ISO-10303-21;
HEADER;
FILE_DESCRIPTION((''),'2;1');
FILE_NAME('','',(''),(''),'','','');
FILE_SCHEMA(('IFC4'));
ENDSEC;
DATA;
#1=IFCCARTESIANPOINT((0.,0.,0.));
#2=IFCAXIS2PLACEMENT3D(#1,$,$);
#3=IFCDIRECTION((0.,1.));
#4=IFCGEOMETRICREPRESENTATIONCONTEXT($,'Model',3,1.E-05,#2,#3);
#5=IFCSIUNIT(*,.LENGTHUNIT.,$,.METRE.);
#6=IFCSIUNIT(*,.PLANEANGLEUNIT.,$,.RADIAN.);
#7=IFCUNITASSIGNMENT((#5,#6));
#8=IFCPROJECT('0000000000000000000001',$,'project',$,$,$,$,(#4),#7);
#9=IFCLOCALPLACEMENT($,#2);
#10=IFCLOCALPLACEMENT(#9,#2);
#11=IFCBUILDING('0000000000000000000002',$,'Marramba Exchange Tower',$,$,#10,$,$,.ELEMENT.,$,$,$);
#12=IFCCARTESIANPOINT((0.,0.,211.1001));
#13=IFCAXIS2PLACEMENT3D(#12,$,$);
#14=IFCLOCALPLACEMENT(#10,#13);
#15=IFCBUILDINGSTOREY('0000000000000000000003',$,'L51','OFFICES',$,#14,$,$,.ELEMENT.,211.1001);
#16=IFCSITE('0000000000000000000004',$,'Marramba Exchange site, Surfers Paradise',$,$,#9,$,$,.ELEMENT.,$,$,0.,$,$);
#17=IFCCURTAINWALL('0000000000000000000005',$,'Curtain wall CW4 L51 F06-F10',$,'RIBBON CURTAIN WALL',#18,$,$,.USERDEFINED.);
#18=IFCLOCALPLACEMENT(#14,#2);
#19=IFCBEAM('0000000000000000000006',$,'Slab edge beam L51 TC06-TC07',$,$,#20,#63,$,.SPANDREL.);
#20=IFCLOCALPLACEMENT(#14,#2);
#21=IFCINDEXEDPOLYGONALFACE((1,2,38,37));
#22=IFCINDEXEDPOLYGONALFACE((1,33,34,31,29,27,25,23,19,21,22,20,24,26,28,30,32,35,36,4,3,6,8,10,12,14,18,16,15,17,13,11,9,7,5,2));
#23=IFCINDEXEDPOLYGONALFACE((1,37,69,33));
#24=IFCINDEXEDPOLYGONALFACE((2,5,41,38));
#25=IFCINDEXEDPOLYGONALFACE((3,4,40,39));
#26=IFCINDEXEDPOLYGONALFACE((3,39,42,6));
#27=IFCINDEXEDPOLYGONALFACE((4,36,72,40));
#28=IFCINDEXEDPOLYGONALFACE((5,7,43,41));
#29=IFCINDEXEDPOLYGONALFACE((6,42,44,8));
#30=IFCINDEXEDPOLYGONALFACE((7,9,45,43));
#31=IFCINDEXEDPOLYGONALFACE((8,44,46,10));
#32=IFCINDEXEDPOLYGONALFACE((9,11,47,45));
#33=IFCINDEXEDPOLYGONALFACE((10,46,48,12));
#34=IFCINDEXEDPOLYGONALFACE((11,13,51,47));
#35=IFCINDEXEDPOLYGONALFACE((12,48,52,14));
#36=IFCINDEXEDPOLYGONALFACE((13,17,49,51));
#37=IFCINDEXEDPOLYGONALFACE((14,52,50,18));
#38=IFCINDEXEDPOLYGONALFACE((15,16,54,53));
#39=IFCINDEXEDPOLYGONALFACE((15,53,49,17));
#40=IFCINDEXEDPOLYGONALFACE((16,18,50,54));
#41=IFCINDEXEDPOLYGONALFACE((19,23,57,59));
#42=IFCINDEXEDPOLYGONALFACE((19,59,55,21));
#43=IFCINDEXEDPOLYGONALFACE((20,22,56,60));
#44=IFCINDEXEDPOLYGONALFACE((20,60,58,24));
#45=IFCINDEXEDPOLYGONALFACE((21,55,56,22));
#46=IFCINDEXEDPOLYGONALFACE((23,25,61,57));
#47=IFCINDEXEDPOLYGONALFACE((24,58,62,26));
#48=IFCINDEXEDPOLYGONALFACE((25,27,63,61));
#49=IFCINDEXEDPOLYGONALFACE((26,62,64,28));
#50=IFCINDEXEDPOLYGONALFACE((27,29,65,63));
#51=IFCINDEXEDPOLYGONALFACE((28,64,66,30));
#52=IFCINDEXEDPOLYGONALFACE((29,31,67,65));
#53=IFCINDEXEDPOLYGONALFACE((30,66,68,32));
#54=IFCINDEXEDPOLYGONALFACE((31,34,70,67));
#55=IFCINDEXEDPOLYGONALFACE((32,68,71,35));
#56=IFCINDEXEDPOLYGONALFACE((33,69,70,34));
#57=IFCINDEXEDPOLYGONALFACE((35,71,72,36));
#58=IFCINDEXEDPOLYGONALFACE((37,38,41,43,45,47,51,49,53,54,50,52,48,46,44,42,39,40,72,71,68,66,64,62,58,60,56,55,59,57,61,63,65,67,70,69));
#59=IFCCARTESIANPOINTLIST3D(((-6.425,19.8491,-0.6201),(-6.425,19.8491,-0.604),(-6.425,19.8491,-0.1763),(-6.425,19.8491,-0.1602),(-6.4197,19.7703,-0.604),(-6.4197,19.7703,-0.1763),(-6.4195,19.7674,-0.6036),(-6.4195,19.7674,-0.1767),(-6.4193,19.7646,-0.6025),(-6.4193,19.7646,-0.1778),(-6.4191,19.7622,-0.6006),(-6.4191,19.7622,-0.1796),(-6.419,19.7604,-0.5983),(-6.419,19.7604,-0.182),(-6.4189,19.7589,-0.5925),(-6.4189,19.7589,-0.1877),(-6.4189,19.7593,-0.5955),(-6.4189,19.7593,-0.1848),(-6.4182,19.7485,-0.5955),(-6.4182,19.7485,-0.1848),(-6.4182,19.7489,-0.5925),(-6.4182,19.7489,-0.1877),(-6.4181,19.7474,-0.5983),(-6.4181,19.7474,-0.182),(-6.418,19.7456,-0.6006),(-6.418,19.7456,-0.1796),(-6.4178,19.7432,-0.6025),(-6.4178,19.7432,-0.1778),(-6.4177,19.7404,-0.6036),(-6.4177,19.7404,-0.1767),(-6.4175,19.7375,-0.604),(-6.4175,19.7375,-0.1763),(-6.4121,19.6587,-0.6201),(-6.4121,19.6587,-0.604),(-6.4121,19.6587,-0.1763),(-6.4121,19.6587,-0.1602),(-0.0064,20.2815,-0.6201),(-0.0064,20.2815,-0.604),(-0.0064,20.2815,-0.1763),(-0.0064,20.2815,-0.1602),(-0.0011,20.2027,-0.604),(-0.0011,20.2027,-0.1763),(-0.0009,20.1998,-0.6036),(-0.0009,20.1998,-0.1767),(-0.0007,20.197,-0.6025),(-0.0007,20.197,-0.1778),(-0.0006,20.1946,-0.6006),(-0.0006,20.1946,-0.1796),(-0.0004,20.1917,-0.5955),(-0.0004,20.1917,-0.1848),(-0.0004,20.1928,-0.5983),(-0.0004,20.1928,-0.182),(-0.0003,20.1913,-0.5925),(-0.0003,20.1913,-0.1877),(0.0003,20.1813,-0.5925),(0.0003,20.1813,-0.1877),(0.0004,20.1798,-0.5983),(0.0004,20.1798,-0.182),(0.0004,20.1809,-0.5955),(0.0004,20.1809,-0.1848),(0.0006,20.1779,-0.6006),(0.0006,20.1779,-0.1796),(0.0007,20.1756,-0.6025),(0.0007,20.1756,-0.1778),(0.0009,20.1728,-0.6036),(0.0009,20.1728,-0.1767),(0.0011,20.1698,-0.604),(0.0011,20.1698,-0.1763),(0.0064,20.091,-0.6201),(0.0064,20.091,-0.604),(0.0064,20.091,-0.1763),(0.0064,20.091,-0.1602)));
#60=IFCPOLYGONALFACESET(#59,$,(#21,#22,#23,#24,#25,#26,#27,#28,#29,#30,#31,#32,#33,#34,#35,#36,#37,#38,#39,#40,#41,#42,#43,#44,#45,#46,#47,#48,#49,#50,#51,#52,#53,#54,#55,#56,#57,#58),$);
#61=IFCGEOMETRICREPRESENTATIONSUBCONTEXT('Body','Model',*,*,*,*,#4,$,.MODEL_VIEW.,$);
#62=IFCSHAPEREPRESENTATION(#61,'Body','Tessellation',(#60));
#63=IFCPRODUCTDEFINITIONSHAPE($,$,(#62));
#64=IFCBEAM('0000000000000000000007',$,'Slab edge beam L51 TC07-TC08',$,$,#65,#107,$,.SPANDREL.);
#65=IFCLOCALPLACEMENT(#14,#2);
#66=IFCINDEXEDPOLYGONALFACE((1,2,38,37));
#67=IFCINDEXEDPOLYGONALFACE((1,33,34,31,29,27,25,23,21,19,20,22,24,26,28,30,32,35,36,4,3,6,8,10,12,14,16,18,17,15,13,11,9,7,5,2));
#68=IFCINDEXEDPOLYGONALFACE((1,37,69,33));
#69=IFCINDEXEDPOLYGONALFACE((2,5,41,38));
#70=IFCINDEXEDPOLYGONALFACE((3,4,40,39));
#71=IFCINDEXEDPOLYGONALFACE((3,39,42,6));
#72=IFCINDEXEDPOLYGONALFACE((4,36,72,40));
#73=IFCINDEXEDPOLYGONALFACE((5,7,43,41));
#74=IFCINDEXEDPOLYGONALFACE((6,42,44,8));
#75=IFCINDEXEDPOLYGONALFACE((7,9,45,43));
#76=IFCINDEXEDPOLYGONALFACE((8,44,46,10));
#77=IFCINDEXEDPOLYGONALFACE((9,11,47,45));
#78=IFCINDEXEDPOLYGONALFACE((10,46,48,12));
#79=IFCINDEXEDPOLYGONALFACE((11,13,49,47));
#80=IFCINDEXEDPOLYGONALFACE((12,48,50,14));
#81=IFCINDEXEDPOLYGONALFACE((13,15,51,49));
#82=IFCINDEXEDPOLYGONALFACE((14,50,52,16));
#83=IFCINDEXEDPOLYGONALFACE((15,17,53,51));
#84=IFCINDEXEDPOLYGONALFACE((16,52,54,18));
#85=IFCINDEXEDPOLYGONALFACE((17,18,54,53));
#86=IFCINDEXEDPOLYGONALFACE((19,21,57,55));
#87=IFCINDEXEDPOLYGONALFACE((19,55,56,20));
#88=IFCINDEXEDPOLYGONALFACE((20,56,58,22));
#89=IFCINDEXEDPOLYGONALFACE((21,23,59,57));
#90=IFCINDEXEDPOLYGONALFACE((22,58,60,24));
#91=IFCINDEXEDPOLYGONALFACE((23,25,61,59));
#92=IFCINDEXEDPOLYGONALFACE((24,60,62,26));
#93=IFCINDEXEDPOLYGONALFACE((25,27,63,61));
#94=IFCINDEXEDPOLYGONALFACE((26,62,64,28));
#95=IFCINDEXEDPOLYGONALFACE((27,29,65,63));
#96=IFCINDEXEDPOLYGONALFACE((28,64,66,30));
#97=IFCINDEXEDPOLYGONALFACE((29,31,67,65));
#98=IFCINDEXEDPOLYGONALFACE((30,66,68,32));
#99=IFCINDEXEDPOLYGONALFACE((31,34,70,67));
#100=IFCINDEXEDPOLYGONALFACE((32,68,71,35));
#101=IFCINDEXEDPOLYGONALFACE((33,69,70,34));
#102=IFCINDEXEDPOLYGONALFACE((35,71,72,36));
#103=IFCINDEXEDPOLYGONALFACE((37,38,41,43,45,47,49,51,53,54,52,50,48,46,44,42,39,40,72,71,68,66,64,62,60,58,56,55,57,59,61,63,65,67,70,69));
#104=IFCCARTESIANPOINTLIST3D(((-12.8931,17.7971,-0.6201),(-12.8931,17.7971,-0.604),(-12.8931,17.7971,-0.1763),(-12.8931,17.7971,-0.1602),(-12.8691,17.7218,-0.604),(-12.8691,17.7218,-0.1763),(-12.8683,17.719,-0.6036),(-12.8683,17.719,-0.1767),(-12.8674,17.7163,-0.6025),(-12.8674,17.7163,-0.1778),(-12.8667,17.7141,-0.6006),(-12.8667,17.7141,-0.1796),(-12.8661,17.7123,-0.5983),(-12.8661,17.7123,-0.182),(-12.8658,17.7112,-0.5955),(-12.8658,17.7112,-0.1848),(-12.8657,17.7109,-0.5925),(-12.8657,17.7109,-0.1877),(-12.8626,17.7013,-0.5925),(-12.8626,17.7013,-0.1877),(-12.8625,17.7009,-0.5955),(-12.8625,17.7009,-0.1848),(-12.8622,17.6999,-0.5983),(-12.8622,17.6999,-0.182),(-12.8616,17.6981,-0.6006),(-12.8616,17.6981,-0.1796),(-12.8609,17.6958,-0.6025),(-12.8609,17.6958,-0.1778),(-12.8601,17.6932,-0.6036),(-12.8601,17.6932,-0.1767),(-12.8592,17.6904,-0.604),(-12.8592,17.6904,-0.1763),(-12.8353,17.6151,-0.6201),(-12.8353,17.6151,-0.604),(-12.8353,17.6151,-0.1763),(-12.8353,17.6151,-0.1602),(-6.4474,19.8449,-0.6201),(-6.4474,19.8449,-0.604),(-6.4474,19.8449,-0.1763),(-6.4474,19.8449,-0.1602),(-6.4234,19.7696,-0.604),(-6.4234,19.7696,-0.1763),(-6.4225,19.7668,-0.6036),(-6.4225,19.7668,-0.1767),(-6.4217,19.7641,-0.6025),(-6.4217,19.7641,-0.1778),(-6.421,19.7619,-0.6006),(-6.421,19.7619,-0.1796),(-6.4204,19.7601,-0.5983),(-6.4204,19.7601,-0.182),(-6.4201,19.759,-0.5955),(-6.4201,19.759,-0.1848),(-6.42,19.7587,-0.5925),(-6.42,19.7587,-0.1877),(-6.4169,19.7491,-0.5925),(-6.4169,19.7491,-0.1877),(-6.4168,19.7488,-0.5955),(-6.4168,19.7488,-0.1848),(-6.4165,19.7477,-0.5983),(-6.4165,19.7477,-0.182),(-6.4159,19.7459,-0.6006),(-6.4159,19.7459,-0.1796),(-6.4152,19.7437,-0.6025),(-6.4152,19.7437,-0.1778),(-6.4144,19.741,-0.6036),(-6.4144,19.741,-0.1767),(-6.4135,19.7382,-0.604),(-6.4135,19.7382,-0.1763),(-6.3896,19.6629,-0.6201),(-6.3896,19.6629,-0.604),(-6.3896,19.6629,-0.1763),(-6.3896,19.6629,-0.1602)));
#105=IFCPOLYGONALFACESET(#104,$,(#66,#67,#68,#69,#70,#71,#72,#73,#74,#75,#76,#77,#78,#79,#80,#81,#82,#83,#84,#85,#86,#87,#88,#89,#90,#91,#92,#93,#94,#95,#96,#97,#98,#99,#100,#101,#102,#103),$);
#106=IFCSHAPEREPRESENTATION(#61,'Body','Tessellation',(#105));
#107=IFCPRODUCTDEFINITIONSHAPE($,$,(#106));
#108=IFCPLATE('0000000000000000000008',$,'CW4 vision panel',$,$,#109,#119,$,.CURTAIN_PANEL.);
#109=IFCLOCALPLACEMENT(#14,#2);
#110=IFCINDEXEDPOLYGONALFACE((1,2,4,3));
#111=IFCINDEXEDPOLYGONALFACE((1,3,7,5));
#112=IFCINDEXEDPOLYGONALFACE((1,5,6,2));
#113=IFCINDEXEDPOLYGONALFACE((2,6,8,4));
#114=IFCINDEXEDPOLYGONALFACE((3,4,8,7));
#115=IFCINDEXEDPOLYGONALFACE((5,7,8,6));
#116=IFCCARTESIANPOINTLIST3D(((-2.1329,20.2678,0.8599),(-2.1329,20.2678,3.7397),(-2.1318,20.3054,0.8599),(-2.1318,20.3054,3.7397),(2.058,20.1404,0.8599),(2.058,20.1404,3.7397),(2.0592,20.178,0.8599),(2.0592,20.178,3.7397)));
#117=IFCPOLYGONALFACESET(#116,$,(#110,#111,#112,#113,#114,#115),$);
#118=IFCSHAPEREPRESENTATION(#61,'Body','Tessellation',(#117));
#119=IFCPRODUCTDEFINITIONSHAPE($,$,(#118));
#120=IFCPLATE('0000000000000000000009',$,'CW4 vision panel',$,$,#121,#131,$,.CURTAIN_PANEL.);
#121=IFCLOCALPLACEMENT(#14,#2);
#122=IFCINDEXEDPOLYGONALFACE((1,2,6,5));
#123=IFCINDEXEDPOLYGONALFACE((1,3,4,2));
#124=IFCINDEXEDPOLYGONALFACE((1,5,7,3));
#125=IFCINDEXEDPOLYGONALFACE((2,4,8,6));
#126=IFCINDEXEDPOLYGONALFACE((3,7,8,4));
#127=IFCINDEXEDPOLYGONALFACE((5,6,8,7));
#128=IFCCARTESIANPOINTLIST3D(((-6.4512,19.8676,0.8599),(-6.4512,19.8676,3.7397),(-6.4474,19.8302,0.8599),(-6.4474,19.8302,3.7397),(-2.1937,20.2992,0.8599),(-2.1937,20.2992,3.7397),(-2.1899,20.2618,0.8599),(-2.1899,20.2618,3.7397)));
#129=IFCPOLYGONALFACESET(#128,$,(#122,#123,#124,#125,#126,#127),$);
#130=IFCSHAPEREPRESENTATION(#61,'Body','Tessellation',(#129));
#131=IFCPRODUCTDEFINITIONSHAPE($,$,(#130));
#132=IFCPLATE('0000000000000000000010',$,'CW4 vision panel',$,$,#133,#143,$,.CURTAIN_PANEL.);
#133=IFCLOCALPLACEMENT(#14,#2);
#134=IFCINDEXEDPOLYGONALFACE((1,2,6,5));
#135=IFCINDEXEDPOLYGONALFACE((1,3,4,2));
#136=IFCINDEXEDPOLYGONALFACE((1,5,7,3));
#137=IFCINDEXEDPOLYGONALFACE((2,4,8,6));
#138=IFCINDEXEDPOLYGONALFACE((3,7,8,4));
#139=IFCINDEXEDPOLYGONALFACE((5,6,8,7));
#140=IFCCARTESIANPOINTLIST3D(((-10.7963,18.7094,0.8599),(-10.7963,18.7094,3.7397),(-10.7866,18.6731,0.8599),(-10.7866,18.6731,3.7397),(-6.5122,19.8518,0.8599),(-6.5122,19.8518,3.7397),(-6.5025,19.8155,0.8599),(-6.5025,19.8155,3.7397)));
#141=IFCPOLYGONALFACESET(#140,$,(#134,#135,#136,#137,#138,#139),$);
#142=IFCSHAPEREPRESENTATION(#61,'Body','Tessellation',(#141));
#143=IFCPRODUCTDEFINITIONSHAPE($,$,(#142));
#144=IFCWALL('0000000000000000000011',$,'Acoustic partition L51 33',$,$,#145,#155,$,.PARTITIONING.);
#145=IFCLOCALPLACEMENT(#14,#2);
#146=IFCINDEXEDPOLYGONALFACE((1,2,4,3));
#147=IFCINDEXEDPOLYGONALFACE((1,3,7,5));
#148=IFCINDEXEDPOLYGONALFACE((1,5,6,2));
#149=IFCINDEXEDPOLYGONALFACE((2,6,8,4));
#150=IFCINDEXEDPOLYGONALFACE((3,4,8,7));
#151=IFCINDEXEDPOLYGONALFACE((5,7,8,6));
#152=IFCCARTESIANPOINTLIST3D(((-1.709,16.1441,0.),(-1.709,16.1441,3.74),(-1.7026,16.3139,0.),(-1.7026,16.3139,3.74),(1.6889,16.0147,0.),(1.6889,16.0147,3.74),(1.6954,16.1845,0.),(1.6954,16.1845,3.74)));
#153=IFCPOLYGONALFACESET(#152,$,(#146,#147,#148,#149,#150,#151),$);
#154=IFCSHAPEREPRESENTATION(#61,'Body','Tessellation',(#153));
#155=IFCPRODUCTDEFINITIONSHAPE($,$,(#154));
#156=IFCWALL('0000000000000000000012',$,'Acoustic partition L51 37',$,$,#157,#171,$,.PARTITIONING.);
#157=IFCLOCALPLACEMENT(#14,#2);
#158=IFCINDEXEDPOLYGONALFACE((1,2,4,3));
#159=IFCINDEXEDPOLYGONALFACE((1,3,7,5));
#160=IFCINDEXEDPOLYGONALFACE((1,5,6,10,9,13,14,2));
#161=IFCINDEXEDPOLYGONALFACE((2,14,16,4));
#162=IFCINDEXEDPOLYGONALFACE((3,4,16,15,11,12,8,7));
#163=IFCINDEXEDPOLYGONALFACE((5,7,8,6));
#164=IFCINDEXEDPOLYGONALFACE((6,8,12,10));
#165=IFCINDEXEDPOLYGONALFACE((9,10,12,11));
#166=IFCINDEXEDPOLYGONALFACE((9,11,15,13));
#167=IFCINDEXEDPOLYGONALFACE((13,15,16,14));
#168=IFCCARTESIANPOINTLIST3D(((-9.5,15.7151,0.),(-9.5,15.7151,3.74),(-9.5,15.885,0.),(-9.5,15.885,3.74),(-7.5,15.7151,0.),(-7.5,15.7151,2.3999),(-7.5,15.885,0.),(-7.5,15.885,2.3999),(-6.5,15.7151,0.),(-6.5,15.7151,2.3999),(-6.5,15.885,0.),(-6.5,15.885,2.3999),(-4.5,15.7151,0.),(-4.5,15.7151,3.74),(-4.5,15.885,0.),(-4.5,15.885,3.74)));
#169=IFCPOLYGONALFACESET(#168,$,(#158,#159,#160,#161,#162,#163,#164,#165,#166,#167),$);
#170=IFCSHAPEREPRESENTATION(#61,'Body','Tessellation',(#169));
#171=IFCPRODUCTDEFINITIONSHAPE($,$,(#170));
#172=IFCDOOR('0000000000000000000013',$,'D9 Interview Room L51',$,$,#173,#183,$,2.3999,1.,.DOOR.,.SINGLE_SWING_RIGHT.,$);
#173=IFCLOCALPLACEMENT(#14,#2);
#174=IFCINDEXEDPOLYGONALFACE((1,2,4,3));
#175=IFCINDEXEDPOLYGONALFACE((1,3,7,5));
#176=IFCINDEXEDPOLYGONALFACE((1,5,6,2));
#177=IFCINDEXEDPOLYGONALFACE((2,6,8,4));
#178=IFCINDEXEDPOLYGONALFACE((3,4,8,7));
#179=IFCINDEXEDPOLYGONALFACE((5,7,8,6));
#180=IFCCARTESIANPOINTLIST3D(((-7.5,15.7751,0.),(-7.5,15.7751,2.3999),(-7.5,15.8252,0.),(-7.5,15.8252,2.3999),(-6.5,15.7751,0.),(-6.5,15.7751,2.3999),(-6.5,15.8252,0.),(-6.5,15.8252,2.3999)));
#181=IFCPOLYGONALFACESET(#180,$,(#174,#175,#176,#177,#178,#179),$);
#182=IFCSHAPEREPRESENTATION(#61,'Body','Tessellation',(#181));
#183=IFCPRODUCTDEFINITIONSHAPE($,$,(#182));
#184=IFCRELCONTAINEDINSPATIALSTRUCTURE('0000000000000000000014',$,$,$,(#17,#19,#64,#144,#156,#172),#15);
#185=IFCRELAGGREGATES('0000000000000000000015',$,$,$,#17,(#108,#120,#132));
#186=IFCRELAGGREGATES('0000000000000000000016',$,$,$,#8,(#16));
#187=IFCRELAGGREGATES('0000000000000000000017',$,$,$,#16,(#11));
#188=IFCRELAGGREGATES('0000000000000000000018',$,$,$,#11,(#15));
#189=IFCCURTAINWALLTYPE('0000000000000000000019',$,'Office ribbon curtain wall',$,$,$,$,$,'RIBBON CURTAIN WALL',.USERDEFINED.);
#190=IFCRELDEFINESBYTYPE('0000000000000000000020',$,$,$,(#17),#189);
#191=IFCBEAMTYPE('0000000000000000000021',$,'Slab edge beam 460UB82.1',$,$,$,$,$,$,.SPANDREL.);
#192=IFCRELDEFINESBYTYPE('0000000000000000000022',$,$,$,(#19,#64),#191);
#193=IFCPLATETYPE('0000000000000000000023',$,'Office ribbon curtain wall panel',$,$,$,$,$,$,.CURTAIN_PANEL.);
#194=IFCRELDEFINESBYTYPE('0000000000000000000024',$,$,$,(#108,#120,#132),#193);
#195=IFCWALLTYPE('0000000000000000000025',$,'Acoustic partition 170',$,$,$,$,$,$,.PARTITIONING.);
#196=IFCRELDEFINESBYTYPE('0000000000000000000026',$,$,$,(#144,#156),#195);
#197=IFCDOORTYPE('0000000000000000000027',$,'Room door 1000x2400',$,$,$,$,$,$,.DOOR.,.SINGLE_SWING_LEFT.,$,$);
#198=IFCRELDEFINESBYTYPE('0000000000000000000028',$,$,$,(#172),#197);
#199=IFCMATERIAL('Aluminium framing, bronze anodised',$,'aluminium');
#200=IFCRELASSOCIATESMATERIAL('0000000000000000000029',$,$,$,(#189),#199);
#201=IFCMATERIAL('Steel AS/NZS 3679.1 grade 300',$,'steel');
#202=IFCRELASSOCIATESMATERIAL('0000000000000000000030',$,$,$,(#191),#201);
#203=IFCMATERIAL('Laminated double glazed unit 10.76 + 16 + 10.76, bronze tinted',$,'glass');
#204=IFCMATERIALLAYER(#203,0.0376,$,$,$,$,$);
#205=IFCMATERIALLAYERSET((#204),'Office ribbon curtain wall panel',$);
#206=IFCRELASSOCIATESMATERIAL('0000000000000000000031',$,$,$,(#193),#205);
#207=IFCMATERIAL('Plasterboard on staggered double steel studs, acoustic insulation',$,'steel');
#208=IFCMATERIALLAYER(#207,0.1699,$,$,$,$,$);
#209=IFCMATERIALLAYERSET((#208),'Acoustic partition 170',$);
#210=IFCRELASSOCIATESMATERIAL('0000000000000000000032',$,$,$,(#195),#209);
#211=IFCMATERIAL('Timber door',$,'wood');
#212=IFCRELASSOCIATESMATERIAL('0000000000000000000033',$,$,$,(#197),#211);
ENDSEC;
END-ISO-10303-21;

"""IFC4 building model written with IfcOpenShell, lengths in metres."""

from ifc_helpers import new_model, si_unit, direction, frame, frame_2d, origin, origin_2d, place, context, subcontext, project, spatial, rectangle, i_section, extrude, material, layer, layer_set, material_profile, profile_set, type_object, element, fill, aggregate, save


model = new_model("IFC4")

# Units and contexts
model_context = context("Model", 3, precision=1e-05, world=origin(), true_north=direction((0.0, 1.0)))
body_context = subcontext(model_context, "Body", "Model", "MODEL_VIEW")
ifc_project = project(units=[si_unit("LENGTHUNIT", "METRE"), si_unit("PLANEANGLEUNIT", "RADIAN")], contexts=[model_context])

# Site, building, storey
site_placement = place(None, origin())
site = spatial("IfcSite", under=ifc_project, at=site_placement, Name="Marramba Exchange site, Surfers Paradise", CompositionType="ELEMENT", RefElevation=0.0)
building_placement = place(site_placement, origin())
building = spatial("IfcBuilding", under=site, at=building_placement, Name="Marramba Exchange Tower", CompositionType="ELEMENT")
storey_placement = place(building_placement, frame((0.0, 0.0, 211.1001)))
storey = spatial("IfcBuildingStorey", under=building, at=storey_placement, Name="L51", Description="OFFICES", CompositionType="ELEMENT", Elevation=211.1001)

# Curtain wall
ifc_material_1 = material(Name="Aluminium framing, bronze anodised", Category="aluminium")
curtain_wall_type = type_object("IfcCurtainWallType", Name="Office ribbon curtain wall", ElementType="RIBBON CURTAIN WALL", PredefinedType="USERDEFINED", material=ifc_material_1)
curtain_wall_1_placement = place(storey_placement, origin())
curtain_wall_1 = element("IfcCurtainWall", 1, at=curtain_wall_1_placement, inside=storey, type_object=curtain_wall_type, Name="Curtain wall CW4 L51 F06-F10", ObjectType="RIBBON CURTAIN WALL", PredefinedType="USERDEFINED")

# Beams
ifc_material_2 = material(Name="Steel AS/NZS 3679.1 grade 300", Category="steel")
ifc_material_profile_1 = material_profile(ifc_material_2, i_section(OverallWidth=0.1909, OverallDepth=0.46, WebThickness=0.01, FlangeThickness=0.0161, FilletRadius=0.0115, at=origin_2d()), Name="460UB82.1")
ifc_profile_set_1 = profile_set([ifc_material_profile_1], Name="Steel AS/NZS 3679.1 grade 300")
beam_type_1 = type_object("IfcBeamType", Name="Slab edge beam 460UB82.1", PredefinedType="SPANDREL", material=ifc_profile_set_1)
beam_1_placement = place(storey_placement, frame((0.0, 20.1863, -0.3901), z_axis=(-0.997739, -0.067212, 0.0), x_axis=(0.067212, -0.997739, 0.0)))
element("IfcBeam", 2, at=beam_1_placement, inside=storey, type_object=beam_type_1, Name="Slab edge beam L51 TC06-TC07", PredefinedType="SPANDREL", context=body_context, shape_type="SweptSolid", body=[
    extrude(i_section(OverallWidth=0.1909, OverallDepth=0.46, WebThickness=0.01, FlangeThickness=0.0161, FilletRadius=0.0115, at=origin_2d()), origin(), (0.0, 0.0, 1.0), 6.4331),
])
beam_2_placement = place(storey_placement, frame((-6.4185, 19.7539, -0.3901), z_axis=(-0.953057, -0.302789, 0.0), x_axis=(0.302789, -0.953057, 0.0)))
element("IfcBeam", 3, at=beam_2_placement, inside=storey, type_object=beam_type_1, Name="Slab edge beam L51 TC07-TC08", PredefinedType="SPANDREL", context=body_context, shape_type="SweptSolid", body=[
    extrude(i_section(OverallWidth=0.1909, OverallDepth=0.46, WebThickness=0.01, FlangeThickness=0.0161, FilletRadius=0.0115, at=origin_2d()), origin(), (0.0, 0.0, 1.0), 6.7632),
])

# Plates
ifc_material_3 = material(Name="Laminated double glazed unit 10.76 + 16 + 10.76, bronze tinted", Category="glass")
ifc_layer_1 = layer(ifc_material_3, 0.0376)
ifc_layer_set_1 = layer_set([ifc_layer_1], Name="Office ribbon curtain wall panel")
plate_type = type_object("IfcPlateType", Name="Office ribbon curtain wall panel", PredefinedType="CURTAIN_PANEL", material=ifc_layer_set_1)
plate_1_placement = place(storey_placement, frame((-0.0369, 20.2229, 0.8599), z_axis=(0.0, 0.0, 1.0), x_axis=(-0.999538, 0.030394, 0.0)))
plate_1 = element("IfcPlate", 4, at=plate_1_placement, type_object=plate_type, Name="CW4 vision panel", PredefinedType="CURTAIN_PANEL", context=body_context, shape_type="SweptSolid", body=[
    extrude(rectangle(XDim=4.1929, YDim=0.0376, at=origin_2d()), origin(), (0.0, 0.0, 1.0), 2.8799),
])
plate_2_placement = place(storey_placement, frame((-4.3206, 20.0647, 0.8599), z_axis=(0.0, 0.0, 1.0), x_axis=(-0.9949, -0.100863, 0.0)))
plate_2 = element("IfcPlate", 5, at=plate_2_placement, type_object=plate_type, Name="CW4 vision panel", PredefinedType="CURTAIN_PANEL", context=body_context, shape_type="SweptSolid", body=[
    extrude(rectangle(XDim=4.2793, YDim=0.0376, at=origin_2d()), origin(), (0.0, 0.0, 1.0), 2.8799),
])
plate_3_placement = place(storey_placement, frame((-8.6494, 19.2625, 0.8599), z_axis=(0.0, 0.0, 1.0), x_axis=(-0.966241, -0.257641, 0.0)))
plate_3 = element("IfcPlate", 6, at=plate_3_placement, type_object=plate_type, Name="CW4 vision panel", PredefinedType="CURTAIN_PANEL", context=body_context, shape_type="SweptSolid", body=[
    extrude(rectangle(XDim=4.4338, YDim=0.0376, at=origin_2d()), origin(), (0.0, 0.0, 1.0), 2.8799),
])
aggregate(curtain_wall_1, [plate_1, plate_2, plate_3])

# Wall
ifc_material_4 = material(Name="Plasterboard on staggered double steel studs, acoustic insulation", Category="steel")
ifc_layer_2 = layer(ifc_material_4, 0.1699)
ifc_layer_set_2 = layer_set([ifc_layer_2], Name="Acoustic partition 170")
wall_type = type_object("IfcWallType", Name="Acoustic partition 170", PredefinedType="PARTITIONING", material=ifc_layer_set_2)
wall_1_placement = place(storey_placement, frame((-1.7058, 16.229, 0.0), z_axis=(0.0, 0.0, 1.0), x_axis=(0.999276, -0.038053, 0.0)))
element("IfcWall", 7, at=wall_1_placement, inside=storey, type_object=wall_type, Name="Acoustic partition L51 33", PredefinedType="PARTITIONING", context=body_context, shape_type="SweptSolid", body=[
    extrude(rectangle(XDim=3.4004, YDim=0.1699, at=frame_2d((1.7002, 0.0))), origin(), (0.0, 0.0, 1.0), 3.74),
])

# Wall, opening, door
ifc_material_5 = material(Name="Timber door", Category="wood")
door_type = type_object("IfcDoorType", Name="Room door 1000x2400", OperationType="SINGLE_SWING_LEFT", PredefinedType="DOOR", material=ifc_material_5)
wall_2_placement = place(storey_placement, frame((-4.5, 15.8, 0.0), z_axis=(0.0, 0.0, 1.0), x_axis=(-1.0, 0.0, 0.0)))
wall_2 = element("IfcWall", 8, at=wall_2_placement, inside=storey, type_object=wall_type, Name="Acoustic partition L51 37", PredefinedType="PARTITIONING", context=body_context, shape_type="SweptSolid", body=[
    extrude(rectangle(XDim=5.0, YDim=0.1699, at=frame_2d((2.5, 0.0))), origin(), (0.0, 0.0, 1.0), 3.74),
])
opening_1_placement = place(wall_2_placement, frame((2.0, 0.0, 0.0)))
opening_1 = element("IfcOpeningElement", 9, at=opening_1_placement, cuts=wall_2, PredefinedType="OPENING", context=body_context, shape_type="SweptSolid", body=[
    extrude(rectangle(XDim=1.0, YDim=2.3999, at=frame_2d((0.5, 1.2))), frame((0.0, 0.095, 0.0), z_axis=(0.0, -1.0, 0.0), x_axis=(1.0, 0.0, 0.0)), (0.0, 0.0, 1.0), 0.1899),
])
door_1_placement = place(opening_1_placement, origin())
door_1 = element("IfcDoor", 10, at=door_1_placement, inside=storey, type_object=door_type, Name="D9 Interview Room L51", OperationType="SINGLE_SWING_RIGHT", OverallHeight=2.3999, OverallWidth=1.0, PredefinedType="DOOR", context=body_context, shape_type="SweptSolid", body=[
    extrude(rectangle(XDim=1.0, YDim=2.3999, at=frame_2d((0.5, 1.2))), frame((0.0, 0.0249, 0.0), z_axis=(0.0, -1.0, 0.0), x_axis=(1.0, 0.0, 0.0)), (0.0, 0.0, 1.0), 0.05),
])
fill(opening_1, door_1)

save(model, "model.ifc")
